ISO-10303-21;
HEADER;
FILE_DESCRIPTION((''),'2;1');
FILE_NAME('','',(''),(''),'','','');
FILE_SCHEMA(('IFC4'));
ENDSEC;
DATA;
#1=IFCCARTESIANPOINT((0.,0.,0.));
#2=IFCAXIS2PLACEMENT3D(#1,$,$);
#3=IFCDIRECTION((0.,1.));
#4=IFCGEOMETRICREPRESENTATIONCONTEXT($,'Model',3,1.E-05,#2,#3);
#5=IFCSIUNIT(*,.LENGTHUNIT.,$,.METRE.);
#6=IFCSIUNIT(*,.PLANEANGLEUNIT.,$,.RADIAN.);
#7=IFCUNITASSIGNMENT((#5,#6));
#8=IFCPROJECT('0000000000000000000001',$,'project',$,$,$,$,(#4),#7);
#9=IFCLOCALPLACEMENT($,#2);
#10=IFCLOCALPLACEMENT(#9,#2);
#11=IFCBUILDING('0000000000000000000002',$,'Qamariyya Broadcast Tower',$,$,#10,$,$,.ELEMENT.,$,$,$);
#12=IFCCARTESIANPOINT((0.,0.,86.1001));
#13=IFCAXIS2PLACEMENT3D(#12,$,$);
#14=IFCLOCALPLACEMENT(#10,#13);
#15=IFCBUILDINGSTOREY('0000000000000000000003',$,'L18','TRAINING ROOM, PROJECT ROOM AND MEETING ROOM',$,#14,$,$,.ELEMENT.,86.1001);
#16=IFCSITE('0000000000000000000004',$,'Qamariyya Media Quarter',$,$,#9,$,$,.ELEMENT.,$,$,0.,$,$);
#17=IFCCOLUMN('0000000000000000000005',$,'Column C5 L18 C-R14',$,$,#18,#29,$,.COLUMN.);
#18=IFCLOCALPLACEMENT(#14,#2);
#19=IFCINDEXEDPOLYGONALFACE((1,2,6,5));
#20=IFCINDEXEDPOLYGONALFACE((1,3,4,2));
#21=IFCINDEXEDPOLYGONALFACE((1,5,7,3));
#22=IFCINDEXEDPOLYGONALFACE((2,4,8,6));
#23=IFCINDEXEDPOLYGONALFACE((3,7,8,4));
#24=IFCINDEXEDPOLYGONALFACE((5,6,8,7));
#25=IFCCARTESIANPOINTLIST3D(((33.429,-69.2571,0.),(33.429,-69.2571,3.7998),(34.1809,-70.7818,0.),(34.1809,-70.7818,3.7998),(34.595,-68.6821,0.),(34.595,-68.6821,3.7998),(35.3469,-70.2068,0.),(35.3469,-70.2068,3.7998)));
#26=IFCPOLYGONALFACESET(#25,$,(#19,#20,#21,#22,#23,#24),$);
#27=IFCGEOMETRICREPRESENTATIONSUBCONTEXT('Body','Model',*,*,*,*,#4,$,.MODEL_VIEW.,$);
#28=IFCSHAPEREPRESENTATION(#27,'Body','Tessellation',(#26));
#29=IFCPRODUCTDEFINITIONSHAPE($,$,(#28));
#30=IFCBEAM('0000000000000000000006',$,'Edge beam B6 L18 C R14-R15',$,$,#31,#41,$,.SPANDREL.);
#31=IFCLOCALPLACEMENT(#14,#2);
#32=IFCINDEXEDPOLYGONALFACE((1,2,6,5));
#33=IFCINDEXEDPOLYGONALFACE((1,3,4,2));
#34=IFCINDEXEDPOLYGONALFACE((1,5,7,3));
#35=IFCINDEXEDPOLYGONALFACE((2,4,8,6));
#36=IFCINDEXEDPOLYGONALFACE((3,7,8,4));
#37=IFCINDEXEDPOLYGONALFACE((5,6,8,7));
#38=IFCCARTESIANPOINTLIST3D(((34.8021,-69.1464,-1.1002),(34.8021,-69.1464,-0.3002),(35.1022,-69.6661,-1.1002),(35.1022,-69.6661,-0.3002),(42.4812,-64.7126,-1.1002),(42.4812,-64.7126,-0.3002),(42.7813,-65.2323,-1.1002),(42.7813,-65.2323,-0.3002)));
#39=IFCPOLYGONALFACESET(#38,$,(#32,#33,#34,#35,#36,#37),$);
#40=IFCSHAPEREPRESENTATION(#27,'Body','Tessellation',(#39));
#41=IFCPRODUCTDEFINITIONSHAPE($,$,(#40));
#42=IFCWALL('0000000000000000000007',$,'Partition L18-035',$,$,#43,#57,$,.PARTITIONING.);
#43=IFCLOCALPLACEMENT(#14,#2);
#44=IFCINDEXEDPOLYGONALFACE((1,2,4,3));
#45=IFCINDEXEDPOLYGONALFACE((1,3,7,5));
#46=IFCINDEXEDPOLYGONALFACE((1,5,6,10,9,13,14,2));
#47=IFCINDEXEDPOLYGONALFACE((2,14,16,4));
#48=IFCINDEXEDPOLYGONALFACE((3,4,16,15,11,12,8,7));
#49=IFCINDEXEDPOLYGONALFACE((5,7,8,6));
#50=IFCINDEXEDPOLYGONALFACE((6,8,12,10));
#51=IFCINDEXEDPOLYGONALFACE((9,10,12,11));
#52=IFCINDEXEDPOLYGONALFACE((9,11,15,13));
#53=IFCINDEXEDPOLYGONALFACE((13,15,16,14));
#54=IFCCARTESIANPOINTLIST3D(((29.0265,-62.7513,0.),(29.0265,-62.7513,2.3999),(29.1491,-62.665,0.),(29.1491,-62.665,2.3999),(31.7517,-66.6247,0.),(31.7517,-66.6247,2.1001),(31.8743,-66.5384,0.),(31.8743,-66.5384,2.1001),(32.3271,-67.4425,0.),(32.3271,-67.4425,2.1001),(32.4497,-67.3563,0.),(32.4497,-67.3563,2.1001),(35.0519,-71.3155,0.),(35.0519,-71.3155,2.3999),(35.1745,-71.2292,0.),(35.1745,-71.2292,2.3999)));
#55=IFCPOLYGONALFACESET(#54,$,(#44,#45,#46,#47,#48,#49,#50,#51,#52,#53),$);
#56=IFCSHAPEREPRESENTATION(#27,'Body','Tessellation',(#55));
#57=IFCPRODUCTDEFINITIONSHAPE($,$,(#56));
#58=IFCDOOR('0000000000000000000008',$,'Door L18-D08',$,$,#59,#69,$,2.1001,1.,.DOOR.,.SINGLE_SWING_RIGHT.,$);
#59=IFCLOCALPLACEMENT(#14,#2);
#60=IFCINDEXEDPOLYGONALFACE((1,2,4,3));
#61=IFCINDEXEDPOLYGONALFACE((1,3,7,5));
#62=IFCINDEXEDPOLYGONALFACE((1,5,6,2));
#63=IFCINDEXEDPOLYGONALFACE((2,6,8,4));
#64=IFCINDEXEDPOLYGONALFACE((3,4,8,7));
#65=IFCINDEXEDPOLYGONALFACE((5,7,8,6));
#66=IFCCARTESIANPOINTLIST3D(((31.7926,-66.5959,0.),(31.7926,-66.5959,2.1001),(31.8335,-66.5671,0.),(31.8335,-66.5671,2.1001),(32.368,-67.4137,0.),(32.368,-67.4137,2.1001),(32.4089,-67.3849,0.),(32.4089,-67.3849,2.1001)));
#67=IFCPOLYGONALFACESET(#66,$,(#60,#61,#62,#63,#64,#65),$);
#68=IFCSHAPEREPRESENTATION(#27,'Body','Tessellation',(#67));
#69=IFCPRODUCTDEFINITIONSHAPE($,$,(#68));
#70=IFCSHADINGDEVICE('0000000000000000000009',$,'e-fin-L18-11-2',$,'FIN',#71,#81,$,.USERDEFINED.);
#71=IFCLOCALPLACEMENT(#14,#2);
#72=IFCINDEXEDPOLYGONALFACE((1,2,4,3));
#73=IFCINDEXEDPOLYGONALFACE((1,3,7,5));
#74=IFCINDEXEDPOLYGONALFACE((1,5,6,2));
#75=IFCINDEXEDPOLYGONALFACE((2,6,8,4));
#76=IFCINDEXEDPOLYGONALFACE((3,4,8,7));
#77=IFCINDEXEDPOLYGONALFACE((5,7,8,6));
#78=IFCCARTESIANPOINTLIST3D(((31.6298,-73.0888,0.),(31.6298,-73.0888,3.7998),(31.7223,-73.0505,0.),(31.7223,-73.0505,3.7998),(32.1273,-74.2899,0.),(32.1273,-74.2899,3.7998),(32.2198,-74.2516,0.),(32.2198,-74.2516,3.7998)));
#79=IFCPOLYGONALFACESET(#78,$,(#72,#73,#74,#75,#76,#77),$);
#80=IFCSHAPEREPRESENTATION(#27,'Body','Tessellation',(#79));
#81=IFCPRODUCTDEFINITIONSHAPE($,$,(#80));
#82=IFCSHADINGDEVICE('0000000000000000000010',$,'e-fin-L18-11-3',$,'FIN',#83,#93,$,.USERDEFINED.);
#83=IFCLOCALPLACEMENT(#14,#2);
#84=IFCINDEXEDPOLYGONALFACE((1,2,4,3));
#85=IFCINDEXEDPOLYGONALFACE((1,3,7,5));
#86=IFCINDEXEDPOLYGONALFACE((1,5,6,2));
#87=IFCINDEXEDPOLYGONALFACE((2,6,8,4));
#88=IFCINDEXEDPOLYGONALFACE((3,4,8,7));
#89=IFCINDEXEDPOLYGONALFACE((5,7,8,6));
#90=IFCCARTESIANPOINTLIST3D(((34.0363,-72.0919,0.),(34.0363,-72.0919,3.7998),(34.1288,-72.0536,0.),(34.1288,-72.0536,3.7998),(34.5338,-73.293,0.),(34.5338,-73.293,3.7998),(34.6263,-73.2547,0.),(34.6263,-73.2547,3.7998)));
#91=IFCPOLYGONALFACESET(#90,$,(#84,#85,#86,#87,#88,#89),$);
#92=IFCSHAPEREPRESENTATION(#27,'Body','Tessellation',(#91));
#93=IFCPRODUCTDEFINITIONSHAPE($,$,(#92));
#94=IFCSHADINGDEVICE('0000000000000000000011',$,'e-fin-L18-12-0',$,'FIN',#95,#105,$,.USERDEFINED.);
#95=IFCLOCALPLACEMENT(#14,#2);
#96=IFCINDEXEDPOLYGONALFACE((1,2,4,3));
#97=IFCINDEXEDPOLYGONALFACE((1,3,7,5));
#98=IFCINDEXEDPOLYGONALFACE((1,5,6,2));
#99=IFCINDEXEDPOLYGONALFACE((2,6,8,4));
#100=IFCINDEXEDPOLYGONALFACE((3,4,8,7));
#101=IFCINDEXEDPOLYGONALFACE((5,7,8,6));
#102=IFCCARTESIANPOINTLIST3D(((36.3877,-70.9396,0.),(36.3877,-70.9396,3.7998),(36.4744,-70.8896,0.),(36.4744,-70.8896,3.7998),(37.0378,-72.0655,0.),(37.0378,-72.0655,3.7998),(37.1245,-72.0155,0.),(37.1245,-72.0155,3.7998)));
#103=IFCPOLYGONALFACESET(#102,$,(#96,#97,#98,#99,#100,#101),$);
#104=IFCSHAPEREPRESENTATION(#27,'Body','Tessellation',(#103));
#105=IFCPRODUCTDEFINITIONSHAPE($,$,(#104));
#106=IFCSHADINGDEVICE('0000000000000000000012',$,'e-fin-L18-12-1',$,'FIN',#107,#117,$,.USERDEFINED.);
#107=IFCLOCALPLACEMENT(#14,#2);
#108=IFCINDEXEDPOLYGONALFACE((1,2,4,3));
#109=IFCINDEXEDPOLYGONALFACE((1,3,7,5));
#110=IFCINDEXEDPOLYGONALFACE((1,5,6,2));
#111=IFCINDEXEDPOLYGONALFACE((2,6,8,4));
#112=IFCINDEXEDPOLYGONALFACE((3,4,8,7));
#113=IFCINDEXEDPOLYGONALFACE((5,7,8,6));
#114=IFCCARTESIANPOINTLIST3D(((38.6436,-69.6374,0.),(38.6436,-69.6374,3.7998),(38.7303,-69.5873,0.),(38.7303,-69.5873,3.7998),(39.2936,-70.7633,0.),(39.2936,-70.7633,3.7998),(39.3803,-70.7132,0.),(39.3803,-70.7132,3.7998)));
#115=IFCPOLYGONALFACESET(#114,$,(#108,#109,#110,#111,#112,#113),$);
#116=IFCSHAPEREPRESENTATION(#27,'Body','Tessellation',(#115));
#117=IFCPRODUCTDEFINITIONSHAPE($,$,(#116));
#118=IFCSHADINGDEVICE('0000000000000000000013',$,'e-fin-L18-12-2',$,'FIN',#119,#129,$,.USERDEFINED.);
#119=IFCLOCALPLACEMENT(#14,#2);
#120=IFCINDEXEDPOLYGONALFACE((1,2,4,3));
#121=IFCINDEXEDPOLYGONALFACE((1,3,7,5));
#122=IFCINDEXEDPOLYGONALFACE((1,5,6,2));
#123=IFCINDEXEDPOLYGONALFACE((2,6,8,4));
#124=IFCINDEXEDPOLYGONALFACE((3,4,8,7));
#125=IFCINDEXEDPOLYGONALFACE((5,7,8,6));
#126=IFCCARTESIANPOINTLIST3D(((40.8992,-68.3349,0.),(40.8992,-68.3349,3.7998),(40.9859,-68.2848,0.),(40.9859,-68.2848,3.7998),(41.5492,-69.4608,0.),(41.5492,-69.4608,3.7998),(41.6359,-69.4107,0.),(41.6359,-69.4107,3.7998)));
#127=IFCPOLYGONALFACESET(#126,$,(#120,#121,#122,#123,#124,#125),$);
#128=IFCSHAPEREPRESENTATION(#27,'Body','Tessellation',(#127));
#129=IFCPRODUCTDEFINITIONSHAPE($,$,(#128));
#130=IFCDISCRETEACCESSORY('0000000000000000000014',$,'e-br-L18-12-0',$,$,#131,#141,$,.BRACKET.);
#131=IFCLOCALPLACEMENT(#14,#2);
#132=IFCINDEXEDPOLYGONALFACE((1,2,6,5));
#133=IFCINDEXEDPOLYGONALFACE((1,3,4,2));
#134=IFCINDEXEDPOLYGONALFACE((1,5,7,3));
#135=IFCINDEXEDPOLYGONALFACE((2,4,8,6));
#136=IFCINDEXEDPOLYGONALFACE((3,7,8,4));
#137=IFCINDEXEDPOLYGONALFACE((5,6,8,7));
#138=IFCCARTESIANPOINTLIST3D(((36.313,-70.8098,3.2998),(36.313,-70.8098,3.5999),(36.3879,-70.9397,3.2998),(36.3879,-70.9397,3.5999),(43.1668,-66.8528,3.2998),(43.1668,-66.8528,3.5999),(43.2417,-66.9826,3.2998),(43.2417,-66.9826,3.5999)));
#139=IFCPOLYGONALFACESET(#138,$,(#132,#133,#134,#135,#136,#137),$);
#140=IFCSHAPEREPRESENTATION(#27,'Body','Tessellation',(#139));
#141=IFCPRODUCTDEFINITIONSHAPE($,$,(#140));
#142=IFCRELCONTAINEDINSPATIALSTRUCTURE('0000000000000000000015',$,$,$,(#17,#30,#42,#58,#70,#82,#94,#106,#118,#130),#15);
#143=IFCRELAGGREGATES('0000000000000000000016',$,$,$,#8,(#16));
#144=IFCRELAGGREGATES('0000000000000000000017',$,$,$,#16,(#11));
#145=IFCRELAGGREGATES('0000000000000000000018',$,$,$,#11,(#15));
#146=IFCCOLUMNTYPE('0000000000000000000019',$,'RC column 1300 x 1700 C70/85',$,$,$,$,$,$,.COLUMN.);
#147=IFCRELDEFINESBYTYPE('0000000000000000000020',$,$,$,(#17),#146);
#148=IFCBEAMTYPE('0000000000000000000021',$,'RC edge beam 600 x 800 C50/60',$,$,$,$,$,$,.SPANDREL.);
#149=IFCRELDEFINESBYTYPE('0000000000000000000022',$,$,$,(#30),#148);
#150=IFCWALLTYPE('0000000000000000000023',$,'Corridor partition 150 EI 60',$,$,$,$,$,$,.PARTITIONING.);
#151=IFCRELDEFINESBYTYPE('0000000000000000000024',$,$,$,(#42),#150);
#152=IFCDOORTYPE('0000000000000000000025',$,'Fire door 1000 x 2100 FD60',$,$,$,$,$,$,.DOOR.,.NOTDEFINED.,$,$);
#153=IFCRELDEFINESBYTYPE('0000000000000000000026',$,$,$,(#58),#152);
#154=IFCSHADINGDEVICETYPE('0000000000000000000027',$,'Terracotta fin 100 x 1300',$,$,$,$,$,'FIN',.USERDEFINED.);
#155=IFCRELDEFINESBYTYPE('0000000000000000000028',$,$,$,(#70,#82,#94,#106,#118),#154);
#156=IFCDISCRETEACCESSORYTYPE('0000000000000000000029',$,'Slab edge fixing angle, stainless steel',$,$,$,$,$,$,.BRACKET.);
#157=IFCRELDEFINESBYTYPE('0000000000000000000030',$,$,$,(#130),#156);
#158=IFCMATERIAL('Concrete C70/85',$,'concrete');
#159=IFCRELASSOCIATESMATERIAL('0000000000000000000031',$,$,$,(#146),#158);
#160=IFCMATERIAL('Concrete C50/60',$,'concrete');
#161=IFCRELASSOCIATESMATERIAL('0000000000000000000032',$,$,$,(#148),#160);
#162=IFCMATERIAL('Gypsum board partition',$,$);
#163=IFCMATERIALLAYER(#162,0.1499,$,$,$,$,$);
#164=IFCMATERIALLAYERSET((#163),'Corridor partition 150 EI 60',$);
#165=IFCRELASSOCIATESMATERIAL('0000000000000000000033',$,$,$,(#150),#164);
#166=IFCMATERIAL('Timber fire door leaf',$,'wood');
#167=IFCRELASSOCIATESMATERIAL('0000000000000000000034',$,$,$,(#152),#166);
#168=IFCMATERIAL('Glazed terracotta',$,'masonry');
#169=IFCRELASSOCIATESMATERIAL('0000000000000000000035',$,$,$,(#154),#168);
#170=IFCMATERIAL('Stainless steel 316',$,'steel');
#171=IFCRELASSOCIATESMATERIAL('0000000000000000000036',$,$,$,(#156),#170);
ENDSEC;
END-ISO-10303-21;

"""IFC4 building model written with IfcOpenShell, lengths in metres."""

from ifc_helpers import new_model, si_unit, direction, frame, frame_2d, origin, origin_2d, place, context, subcontext, project, spatial, rectangle, extrude, material, layer, layer_set, material_profile, profile_set, type_object, element, fill, save


model = new_model("IFC4")

# Units and contexts
model_context = context("Model", 3, precision=1e-05, world=origin(), true_north=direction((0.0, 1.0)))
body_context = subcontext(model_context, "Body", "Model", "MODEL_VIEW")
ifc_project = project(units=[si_unit("LENGTHUNIT", "METRE"), si_unit("PLANEANGLEUNIT", "RADIAN")], contexts=[model_context])

# Site, building, storey
site_placement = place(None, origin())
site = spatial("IfcSite", under=ifc_project, at=site_placement, Name="Qamariyya Media Quarter", CompositionType="ELEMENT", RefElevation=0.0)
building_placement = place(site_placement, origin())
building = spatial("IfcBuilding", under=site, at=building_placement, Name="Qamariyya Broadcast Tower", CompositionType="ELEMENT")
storey_placement = place(building_placement, frame((0.0, 0.0, 86.1001)))
storey = spatial("IfcBuildingStorey", under=building, at=storey_placement, Name="L18", Description="TRAINING ROOM, PROJECT ROOM AND MEETING ROOM", CompositionType="ELEMENT", Elevation=86.1001)

# Column
ifc_material_1 = material(Name="Concrete C70/85", Category="concrete")
ifc_material_profile_1 = material_profile(ifc_material_1, rectangle(XDim=1.3, YDim=1.7, at=origin_2d()))
ifc_profile_set_1 = profile_set([ifc_material_profile_1], Name="Concrete C70/85")
column_type = type_object("IfcColumnType", Name="RC column 1300 x 1700 C70/85", PredefinedType="COLUMN", material=ifc_profile_set_1)
column_placement = place(storey_placement, frame((34.3879, -69.7319, 0.0), z_axis=(0.0, 0.0, 1.0), x_axis=(0.896873, 0.442289, 0.0)))
element("IfcColumn", 1, at=column_placement, inside=storey, type_object=column_type, Name="Column C5 L18 C-R14", PredefinedType="COLUMN", context=body_context, shape_type="SweptSolid", body=[
    extrude(rectangle(XDim=1.3, YDim=1.7, at=origin_2d()), origin(), (0.0, 0.0, 1.0), 3.7998),
])

# Beam
ifc_material_2 = material(Name="Concrete C50/60", Category="concrete")
ifc_material_profile_2 = material_profile(ifc_material_2, rectangle(XDim=0.6001, YDim=0.8, at=origin_2d()))
ifc_profile_set_2 = profile_set([ifc_material_profile_2], Name="Concrete C50/60")
beam_type = type_object("IfcBeamType", Name="RC edge beam 600 x 800 C50/60", PredefinedType="SPANDREL", material=ifc_profile_set_2)
beam_placement = place(storey_placement, frame((34.9521, -69.4062, -0.7002), z_axis=(0.866013, 0.500021, 0.0), x_axis=(-0.500021, 0.866013, 0.0)))
element("IfcBeam", 2, at=beam_placement, inside=storey, type_object=beam_type, Name="Edge beam B6 L18 C R14-R15", PredefinedType="SPANDREL", context=body_context, shape_type="SweptSolid", body=[
    extrude(rectangle(XDim=0.6001, YDim=0.8, at=origin_2d()), origin(), (0.0, 0.0, 1.0), 8.8672),
])

# Wall, opening, door
ifc_material_3 = material(Name="Gypsum board partition")
ifc_layer = layer(ifc_material_3, 0.1499)
ifc_layer_set = layer_set([ifc_layer], Name="Corridor partition 150 EI 60")
wall_type = type_object("IfcWallType", Name="Corridor partition 150 EI 60", PredefinedType="PARTITIONING", material=ifc_layer_set)
wall_placement = place(storey_placement, frame((35.1133, -71.2725, 0.0), z_axis=(0.0, 0.0, 1.0), x_axis=(-0.575412, 0.817864, 0.0)))
wall = element("IfcWall", 3, at=wall_placement, inside=storey, type_object=wall_type, Name="Partition L18-035", PredefinedType="PARTITIONING", context=body_context, shape_type="SweptSolid", body=[
    extrude(rectangle(XDim=10.4714, YDim=0.1499, at=frame_2d((5.2358, 0.0))), origin(), (0.0, 0.0, 1.0), 2.3999),
])
opening_placement = place(wall_placement, frame((4.7356, 0.0, 0.0)))
opening = element("IfcOpeningElement", 4, at=opening_placement, cuts=wall, PredefinedType="OPENING", context=body_context, shape_type="SweptSolid", body=[
    extrude(rectangle(XDim=1.0, YDim=2.1001, at=frame_2d((0.5, 1.05))), frame((0.0, 0.085, 0.0), z_axis=(0.0, -1.0, 0.0), x_axis=(1.0, 0.0, 0.0)), (0.0, 0.0, 1.0), 0.1699),
])
ifc_material_4 = material(Name="Timber fire door leaf", Category="wood")
door_type = type_object("IfcDoorType", Name="Fire door 1000 x 2100 FD60", OperationType="NOTDEFINED", PredefinedType="DOOR", material=ifc_material_4)
door_placement = place(opening_placement, origin())
door = element("IfcDoor", 5, at=door_placement, inside=storey, type_object=door_type, Name="Door L18-D08", OperationType="SINGLE_SWING_RIGHT", OverallHeight=2.1001, OverallWidth=1.0, PredefinedType="DOOR", context=body_context, shape_type="SweptSolid", body=[
    extrude(rectangle(XDim=1.0, YDim=2.1001, at=frame_2d((0.5, 1.05))), frame((0.0, 0.0249, 0.0), z_axis=(0.0, -1.0, 0.0), x_axis=(1.0, 0.0, 0.0)), (0.0, 0.0, 1.0), 0.05),
])
fill(opening, door)

# Shading devices
ifc_material_5 = material(Name="Glazed terracotta", Category="masonry")
ifc_material_profile_3 = material_profile(ifc_material_5, rectangle(XDim=1.3, YDim=0.1001, at=origin_2d()))
ifc_profile_set_3 = profile_set([ifc_material_profile_3], Name="Glazed terracotta")
shading_device_type_1 = type_object("IfcShadingDeviceType", Name="Terracotta fin 100 x 1300", ElementType="FIN", PredefinedType="USERDEFINED", material=ifc_profile_set_3)
for number, where, z_axis, x_axis, name in (
    (6, (31.9248, -73.6702, 0.0), (0.0, 0.0, 1.0), (0.382683, -0.92388, 0.0), "e-fin-L18-11-2"),
    (7, (34.3313, -72.6733, 0.0), (0.0, 0.0, 1.0), (0.382683, -0.92388, 0.0), "e-fin-L18-11-3"),
    (8, (36.7561, -71.4775, 0.0), (0.0, 0.0, 1.0), (0.5, -0.866025, 0.0), "e-fin-L18-12-0"),
    (9, (39.012, -70.1753, 0.0), (0.0, 0.0, 1.0), (0.5, -0.866025, 0.0), "e-fin-L18-12-1"),
    (10, (41.2676, -68.8728, 0.0), (0.0, 0.0, 1.0), (0.5, -0.866025, 0.0), "e-fin-L18-12-2"),
):
    element("IfcShadingDevice", number, at=place(storey_placement, frame(where, z_axis=z_axis, x_axis=x_axis)), inside=storey, type_object=shading_device_type_1, Name=name, ObjectType="FIN", PredefinedType="USERDEFINED", context=body_context, shape_type="SweptSolid", body=[
        extrude(rectangle(XDim=1.3, YDim=0.1001, at=origin_2d()), origin(), (0.0, 0.0, 1.0), 3.7998),
    ])

# Discrete accessory
ifc_material_6 = material(Name="Stainless steel 316", Category="steel")
discrete_accessory_type = type_object("IfcDiscreteAccessoryType", Name="Slab edge fixing angle, stainless steel", PredefinedType="BRACKET", material=ifc_material_6)
discrete_accessory_placement = place(storey_placement, frame((39.7773, -68.8962, 3.2998), z_axis=(0.0, 0.0, 1.0), x_axis=(0.866025, 0.5, 0.0)))
element("IfcDiscreteAccessory", 11, at=discrete_accessory_placement, inside=storey, type_object=discrete_accessory_type, Name="e-br-L18-12-0", PredefinedType="BRACKET", context=body_context, shape_type="SweptSolid", body=[
    extrude(rectangle(XDim=7.9141, YDim=0.1499, at=origin_2d()), origin(), (0.0, 0.0, 1.0), 0.3),
])

save(model, "model.ifc")
